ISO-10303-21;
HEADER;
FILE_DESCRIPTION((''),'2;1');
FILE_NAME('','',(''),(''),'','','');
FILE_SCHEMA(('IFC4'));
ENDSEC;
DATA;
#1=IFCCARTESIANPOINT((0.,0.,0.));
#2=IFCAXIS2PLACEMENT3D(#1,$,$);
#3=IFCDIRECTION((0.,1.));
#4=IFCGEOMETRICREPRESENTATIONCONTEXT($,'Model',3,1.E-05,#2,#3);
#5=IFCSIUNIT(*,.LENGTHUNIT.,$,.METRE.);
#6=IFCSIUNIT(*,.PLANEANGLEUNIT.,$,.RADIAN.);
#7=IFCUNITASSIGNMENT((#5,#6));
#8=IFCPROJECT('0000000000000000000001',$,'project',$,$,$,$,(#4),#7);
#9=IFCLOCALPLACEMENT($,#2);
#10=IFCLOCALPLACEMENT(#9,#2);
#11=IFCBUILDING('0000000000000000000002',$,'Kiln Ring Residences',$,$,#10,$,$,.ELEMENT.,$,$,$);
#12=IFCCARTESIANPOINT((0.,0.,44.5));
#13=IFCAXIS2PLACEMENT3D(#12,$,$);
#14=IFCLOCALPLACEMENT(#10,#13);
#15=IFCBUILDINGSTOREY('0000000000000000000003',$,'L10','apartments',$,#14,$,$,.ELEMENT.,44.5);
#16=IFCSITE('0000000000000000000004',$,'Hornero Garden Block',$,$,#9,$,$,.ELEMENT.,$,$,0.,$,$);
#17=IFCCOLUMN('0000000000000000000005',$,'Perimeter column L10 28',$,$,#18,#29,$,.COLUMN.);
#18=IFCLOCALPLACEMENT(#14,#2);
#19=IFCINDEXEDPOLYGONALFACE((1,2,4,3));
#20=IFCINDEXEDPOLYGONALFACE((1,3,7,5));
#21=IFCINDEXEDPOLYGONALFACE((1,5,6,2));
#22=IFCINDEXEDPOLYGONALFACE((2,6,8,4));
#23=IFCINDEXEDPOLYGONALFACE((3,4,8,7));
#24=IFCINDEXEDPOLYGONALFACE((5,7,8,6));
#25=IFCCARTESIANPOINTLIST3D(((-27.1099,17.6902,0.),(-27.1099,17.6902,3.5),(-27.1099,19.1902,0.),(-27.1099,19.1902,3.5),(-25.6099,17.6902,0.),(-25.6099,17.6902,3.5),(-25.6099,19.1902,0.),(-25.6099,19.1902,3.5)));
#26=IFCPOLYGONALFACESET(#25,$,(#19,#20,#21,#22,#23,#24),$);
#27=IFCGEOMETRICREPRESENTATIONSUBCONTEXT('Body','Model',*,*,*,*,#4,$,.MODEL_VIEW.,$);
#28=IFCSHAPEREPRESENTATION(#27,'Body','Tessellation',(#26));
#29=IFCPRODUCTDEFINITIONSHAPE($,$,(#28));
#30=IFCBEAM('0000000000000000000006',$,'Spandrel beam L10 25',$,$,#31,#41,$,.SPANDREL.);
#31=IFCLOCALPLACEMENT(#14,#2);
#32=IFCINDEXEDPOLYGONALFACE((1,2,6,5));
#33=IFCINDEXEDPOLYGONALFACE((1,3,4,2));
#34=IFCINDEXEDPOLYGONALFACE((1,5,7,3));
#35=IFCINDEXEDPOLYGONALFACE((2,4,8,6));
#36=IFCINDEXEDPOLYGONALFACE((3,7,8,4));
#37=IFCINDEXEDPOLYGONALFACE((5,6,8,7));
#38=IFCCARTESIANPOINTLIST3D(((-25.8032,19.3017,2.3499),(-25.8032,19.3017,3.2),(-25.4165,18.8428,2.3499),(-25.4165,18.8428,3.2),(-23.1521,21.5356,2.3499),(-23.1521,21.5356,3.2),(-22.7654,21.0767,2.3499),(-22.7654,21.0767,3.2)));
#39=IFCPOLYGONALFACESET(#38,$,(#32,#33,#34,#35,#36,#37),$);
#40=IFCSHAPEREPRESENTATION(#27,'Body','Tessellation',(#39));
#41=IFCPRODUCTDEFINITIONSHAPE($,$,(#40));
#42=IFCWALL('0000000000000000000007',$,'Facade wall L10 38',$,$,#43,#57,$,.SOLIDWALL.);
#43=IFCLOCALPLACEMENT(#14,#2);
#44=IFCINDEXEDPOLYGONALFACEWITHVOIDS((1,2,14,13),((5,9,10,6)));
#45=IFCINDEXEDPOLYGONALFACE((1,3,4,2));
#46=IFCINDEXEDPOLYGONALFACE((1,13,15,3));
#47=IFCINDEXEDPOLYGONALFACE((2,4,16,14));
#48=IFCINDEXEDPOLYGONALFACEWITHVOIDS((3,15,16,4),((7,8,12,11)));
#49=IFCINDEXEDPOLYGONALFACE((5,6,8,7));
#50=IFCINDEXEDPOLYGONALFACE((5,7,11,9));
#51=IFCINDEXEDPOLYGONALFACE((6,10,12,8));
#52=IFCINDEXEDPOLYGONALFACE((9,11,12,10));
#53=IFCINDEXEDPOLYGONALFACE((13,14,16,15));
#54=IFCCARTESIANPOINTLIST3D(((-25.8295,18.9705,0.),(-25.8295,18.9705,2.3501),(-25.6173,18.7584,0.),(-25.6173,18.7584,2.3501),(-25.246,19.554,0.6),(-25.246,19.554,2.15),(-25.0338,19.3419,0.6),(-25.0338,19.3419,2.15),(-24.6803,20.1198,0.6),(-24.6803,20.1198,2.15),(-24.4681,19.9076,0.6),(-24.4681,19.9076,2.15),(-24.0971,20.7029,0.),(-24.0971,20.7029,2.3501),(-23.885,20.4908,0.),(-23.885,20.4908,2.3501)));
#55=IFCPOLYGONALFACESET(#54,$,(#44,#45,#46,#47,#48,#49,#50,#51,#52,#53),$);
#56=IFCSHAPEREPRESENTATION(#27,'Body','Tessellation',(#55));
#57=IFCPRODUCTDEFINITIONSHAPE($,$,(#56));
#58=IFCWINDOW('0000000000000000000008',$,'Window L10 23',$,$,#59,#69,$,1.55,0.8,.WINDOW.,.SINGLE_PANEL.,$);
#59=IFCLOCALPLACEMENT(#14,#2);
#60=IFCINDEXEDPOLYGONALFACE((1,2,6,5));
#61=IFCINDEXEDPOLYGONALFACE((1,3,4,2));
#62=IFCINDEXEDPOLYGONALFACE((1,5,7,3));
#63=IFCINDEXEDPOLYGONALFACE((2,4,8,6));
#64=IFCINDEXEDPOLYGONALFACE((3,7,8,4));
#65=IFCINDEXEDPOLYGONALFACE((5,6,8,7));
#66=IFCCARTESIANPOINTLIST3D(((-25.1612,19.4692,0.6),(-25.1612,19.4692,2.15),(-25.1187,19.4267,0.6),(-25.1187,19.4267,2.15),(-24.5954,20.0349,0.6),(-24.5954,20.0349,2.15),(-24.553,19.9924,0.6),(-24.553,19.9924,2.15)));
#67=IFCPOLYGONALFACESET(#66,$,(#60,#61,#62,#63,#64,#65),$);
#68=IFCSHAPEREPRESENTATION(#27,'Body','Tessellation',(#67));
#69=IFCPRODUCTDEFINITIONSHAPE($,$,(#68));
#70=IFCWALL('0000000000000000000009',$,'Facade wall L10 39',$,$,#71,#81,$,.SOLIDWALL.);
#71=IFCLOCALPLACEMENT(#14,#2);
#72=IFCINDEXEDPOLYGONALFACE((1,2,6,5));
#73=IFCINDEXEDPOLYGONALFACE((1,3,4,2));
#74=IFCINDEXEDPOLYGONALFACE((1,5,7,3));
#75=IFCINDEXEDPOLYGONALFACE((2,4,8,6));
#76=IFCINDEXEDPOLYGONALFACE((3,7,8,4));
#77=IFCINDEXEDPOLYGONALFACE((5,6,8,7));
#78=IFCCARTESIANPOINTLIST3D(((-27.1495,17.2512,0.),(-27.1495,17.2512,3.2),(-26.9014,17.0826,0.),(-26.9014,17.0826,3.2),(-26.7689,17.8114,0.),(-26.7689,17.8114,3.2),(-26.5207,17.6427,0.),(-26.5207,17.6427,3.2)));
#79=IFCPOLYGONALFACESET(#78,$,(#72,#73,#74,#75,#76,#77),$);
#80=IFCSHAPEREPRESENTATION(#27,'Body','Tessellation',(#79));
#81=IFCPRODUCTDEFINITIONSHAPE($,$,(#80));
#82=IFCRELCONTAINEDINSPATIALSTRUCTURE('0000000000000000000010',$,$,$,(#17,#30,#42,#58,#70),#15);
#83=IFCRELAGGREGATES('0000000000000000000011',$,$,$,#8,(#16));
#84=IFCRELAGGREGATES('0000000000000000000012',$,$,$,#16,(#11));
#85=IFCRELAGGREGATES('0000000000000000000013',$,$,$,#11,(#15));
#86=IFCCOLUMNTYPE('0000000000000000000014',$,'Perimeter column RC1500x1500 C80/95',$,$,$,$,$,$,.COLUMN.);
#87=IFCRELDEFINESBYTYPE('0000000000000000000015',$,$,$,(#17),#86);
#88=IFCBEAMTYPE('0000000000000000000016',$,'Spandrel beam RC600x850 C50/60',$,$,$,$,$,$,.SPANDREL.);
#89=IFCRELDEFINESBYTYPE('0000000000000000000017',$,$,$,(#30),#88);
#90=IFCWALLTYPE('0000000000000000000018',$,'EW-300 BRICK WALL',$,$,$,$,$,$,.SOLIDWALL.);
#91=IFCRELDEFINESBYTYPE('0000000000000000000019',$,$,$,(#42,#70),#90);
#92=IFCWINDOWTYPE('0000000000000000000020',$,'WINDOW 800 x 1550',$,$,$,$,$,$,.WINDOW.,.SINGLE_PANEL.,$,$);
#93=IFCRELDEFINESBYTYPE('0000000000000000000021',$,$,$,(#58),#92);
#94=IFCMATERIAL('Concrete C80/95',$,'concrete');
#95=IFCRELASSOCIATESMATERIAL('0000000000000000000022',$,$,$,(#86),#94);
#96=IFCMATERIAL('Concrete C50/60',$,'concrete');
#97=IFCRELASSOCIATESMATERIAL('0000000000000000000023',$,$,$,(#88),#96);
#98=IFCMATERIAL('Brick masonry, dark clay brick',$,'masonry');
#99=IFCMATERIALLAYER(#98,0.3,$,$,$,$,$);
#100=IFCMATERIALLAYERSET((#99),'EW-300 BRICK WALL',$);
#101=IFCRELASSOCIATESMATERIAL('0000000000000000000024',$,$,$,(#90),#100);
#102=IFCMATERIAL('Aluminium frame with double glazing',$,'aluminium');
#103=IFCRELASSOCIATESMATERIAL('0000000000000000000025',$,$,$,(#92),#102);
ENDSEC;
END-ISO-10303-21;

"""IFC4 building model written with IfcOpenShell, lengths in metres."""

from ifc_helpers import new_model, si_unit, direction, frame, frame_2d, origin, origin_2d, place, context, subcontext, project, spatial, rectangle, extrude, material, layer, layer_set, material_profile, profile_set, type_object, element, fill, save


model = new_model("IFC4")

# Units and contexts
model_context = context("Model", 3, precision=1e-05, world=origin(), true_north=direction((0.0, 1.0)))
body_context = subcontext(model_context, "Body", "Model", "MODEL_VIEW")
ifc_project = project(units=[si_unit("LENGTHUNIT", "METRE"), si_unit("PLANEANGLEUNIT", "RADIAN")], contexts=[model_context])

# Site, building, storey
site_placement = place(None, origin())
site = spatial("IfcSite", under=ifc_project, at=site_placement, Name="Hornero Garden Block", CompositionType="ELEMENT", RefElevation=0.0)
building_placement = place(site_placement, origin())
building = spatial("IfcBuilding", under=site, at=building_placement, Name="Kiln Ring Residences", CompositionType="ELEMENT")
storey_placement = place(building_placement, frame((0.0, 0.0, 44.5)))
storey = spatial("IfcBuildingStorey", under=building, at=storey_placement, Name="L10", Description="apartments", CompositionType="ELEMENT", Elevation=44.5)

# Column
ifc_material_1 = material(Name="Concrete C80/95", Category="concrete")
ifc_material_profile_1 = material_profile(ifc_material_1, rectangle(XDim=1.5, YDim=1.5, at=origin_2d()), Name="RC1500x1500")
ifc_profile_set_1 = profile_set([ifc_material_profile_1], Name="Concrete C80/95")
column_type = type_object("IfcColumnType", Name="Perimeter column RC1500x1500 C80/95", PredefinedType="COLUMN", material=ifc_profile_set_1)
column_placement = place(storey_placement, frame((-26.3599, 18.4402, 0.0), z_axis=(0.0, 0.0, 1.0), x_axis=(1.0, 0.0, 0.0)))
element("IfcColumn", 1, at=column_placement, inside=storey, type_object=column_type, Name="Perimeter column L10 28", PredefinedType="COLUMN", context=body_context, shape_type="SweptSolid", body=[
    extrude(rectangle(XDim=1.5, YDim=1.5, at=origin_2d()), origin(), (0.0, 0.0, 1.0), 3.5),
])

# Beam
ifc_material_2 = material(Name="Concrete C50/60", Category="concrete")
ifc_material_profile_2 = material_profile(ifc_material_2, rectangle(XDim=0.6001, YDim=0.8501, at=origin_2d()), Name="RC600x850")
ifc_profile_set_2 = profile_set([ifc_material_profile_2], Name="Concrete C50/60")
beam_type = type_object("IfcBeamType", Name="Spandrel beam RC600x850 C50/60", PredefinedType="SPANDREL", material=ifc_profile_set_2)
beam_placement = place(storey_placement, frame((-22.9587, 21.3062, 2.7749), z_axis=(-0.764718, -0.644366, 0.0), x_axis=(0.644366, -0.764718, 0.0)))
element("IfcBeam", 2, at=beam_placement, inside=storey, type_object=beam_type, Name="Spandrel beam L10 25", PredefinedType="SPANDREL", context=body_context, shape_type="SweptSolid", body=[
    extrude(rectangle(XDim=0.6001, YDim=0.8501, at=origin_2d()), origin(), (0.0, 0.0, 1.0), 3.4668),
])

# Wall, opening, window
ifc_material_3 = material(Name="Brick masonry, dark clay brick", Category="masonry")
ifc_layer_1 = layer(ifc_material_3, 0.3)
ifc_layer_set_1 = layer_set([ifc_layer_1], Name="EW-300 BRICK WALL")
wall_type_1 = type_object("IfcWallType", Name="EW-300 BRICK WALL", PredefinedType="SOLIDWALL", material=ifc_layer_set_1)
wall_1_placement = place(storey_placement, frame((-23.991, 20.5969, 0.0), z_axis=(0.0, 0.0, 1.0), x_axis=(-0.707107, -0.707107, 0.0)))
wall_1 = element("IfcWall", 3, at=wall_1_placement, inside=storey, type_object=wall_type_1, Name="Facade wall L10 38", PredefinedType="SOLIDWALL", context=body_context, shape_type="SweptSolid", body=[
    extrude(rectangle(XDim=2.45, YDim=0.3, at=frame_2d((1.2251, 0.0))), origin(), (0.0, 0.0, 1.0), 2.3501),
])
opening_1_placement = place(wall_1_placement, frame((0.825, 0.0, 0.6001)))
opening_1 = element("IfcOpeningElement", 4, at=opening_1_placement, cuts=wall_1, PredefinedType="OPENING", context=body_context, shape_type="SweptSolid", body=[
    extrude(rectangle(XDim=0.8, YDim=1.55, at=frame_2d((0.3999, 0.7749))), frame((0.0, 0.1599, 0.0), z_axis=(0.0, -1.0, 0.0), x_axis=(1.0, 0.0, 0.0)), (0.0, 0.0, 1.0), 0.3201),
])
ifc_material_4 = material(Name="Aluminium frame with double glazing", Category="aluminium")
window_type = type_object("IfcWindowType", Name="WINDOW 800 x 1550", PartitioningType="SINGLE_PANEL", PredefinedType="WINDOW", material=ifc_material_4)
window_placement = place(opening_1_placement, origin())
window = element("IfcWindow", 5, at=window_placement, inside=storey, type_object=window_type, Name="Window L10 23", OverallHeight=1.55, OverallWidth=0.8, PartitioningType="SINGLE_PANEL", PredefinedType="WINDOW", context=body_context, shape_type="SweptSolid", body=[
    extrude(rectangle(XDim=0.8, YDim=1.55, at=frame_2d((0.3999, 0.7749))), frame((0.0, 0.03, 0.0), z_axis=(0.0, -1.0, 0.0), x_axis=(1.0, 0.0, 0.0)), (0.0, 0.0, 1.0), 0.0601),
])
fill(opening_1, window)

# Wall
wall_2_placement = place(storey_placement, frame((-26.6448, 17.7271, 0.0), z_axis=(0.0, 0.0, 1.0), x_axis=(-0.562083, -0.827081, 0.0)))
element("IfcWall", 6, at=wall_2_placement, inside=storey, type_object=wall_type_1, Name="Facade wall L10 39", PredefinedType="SOLIDWALL", context=body_context, shape_type="SweptSolid", body=[
    extrude(rectangle(XDim=0.6772, YDim=0.3, at=frame_2d((0.3386, 0.0))), origin(), (0.0, 0.0, 1.0), 3.2),
])

save(model, "model.ifc")
